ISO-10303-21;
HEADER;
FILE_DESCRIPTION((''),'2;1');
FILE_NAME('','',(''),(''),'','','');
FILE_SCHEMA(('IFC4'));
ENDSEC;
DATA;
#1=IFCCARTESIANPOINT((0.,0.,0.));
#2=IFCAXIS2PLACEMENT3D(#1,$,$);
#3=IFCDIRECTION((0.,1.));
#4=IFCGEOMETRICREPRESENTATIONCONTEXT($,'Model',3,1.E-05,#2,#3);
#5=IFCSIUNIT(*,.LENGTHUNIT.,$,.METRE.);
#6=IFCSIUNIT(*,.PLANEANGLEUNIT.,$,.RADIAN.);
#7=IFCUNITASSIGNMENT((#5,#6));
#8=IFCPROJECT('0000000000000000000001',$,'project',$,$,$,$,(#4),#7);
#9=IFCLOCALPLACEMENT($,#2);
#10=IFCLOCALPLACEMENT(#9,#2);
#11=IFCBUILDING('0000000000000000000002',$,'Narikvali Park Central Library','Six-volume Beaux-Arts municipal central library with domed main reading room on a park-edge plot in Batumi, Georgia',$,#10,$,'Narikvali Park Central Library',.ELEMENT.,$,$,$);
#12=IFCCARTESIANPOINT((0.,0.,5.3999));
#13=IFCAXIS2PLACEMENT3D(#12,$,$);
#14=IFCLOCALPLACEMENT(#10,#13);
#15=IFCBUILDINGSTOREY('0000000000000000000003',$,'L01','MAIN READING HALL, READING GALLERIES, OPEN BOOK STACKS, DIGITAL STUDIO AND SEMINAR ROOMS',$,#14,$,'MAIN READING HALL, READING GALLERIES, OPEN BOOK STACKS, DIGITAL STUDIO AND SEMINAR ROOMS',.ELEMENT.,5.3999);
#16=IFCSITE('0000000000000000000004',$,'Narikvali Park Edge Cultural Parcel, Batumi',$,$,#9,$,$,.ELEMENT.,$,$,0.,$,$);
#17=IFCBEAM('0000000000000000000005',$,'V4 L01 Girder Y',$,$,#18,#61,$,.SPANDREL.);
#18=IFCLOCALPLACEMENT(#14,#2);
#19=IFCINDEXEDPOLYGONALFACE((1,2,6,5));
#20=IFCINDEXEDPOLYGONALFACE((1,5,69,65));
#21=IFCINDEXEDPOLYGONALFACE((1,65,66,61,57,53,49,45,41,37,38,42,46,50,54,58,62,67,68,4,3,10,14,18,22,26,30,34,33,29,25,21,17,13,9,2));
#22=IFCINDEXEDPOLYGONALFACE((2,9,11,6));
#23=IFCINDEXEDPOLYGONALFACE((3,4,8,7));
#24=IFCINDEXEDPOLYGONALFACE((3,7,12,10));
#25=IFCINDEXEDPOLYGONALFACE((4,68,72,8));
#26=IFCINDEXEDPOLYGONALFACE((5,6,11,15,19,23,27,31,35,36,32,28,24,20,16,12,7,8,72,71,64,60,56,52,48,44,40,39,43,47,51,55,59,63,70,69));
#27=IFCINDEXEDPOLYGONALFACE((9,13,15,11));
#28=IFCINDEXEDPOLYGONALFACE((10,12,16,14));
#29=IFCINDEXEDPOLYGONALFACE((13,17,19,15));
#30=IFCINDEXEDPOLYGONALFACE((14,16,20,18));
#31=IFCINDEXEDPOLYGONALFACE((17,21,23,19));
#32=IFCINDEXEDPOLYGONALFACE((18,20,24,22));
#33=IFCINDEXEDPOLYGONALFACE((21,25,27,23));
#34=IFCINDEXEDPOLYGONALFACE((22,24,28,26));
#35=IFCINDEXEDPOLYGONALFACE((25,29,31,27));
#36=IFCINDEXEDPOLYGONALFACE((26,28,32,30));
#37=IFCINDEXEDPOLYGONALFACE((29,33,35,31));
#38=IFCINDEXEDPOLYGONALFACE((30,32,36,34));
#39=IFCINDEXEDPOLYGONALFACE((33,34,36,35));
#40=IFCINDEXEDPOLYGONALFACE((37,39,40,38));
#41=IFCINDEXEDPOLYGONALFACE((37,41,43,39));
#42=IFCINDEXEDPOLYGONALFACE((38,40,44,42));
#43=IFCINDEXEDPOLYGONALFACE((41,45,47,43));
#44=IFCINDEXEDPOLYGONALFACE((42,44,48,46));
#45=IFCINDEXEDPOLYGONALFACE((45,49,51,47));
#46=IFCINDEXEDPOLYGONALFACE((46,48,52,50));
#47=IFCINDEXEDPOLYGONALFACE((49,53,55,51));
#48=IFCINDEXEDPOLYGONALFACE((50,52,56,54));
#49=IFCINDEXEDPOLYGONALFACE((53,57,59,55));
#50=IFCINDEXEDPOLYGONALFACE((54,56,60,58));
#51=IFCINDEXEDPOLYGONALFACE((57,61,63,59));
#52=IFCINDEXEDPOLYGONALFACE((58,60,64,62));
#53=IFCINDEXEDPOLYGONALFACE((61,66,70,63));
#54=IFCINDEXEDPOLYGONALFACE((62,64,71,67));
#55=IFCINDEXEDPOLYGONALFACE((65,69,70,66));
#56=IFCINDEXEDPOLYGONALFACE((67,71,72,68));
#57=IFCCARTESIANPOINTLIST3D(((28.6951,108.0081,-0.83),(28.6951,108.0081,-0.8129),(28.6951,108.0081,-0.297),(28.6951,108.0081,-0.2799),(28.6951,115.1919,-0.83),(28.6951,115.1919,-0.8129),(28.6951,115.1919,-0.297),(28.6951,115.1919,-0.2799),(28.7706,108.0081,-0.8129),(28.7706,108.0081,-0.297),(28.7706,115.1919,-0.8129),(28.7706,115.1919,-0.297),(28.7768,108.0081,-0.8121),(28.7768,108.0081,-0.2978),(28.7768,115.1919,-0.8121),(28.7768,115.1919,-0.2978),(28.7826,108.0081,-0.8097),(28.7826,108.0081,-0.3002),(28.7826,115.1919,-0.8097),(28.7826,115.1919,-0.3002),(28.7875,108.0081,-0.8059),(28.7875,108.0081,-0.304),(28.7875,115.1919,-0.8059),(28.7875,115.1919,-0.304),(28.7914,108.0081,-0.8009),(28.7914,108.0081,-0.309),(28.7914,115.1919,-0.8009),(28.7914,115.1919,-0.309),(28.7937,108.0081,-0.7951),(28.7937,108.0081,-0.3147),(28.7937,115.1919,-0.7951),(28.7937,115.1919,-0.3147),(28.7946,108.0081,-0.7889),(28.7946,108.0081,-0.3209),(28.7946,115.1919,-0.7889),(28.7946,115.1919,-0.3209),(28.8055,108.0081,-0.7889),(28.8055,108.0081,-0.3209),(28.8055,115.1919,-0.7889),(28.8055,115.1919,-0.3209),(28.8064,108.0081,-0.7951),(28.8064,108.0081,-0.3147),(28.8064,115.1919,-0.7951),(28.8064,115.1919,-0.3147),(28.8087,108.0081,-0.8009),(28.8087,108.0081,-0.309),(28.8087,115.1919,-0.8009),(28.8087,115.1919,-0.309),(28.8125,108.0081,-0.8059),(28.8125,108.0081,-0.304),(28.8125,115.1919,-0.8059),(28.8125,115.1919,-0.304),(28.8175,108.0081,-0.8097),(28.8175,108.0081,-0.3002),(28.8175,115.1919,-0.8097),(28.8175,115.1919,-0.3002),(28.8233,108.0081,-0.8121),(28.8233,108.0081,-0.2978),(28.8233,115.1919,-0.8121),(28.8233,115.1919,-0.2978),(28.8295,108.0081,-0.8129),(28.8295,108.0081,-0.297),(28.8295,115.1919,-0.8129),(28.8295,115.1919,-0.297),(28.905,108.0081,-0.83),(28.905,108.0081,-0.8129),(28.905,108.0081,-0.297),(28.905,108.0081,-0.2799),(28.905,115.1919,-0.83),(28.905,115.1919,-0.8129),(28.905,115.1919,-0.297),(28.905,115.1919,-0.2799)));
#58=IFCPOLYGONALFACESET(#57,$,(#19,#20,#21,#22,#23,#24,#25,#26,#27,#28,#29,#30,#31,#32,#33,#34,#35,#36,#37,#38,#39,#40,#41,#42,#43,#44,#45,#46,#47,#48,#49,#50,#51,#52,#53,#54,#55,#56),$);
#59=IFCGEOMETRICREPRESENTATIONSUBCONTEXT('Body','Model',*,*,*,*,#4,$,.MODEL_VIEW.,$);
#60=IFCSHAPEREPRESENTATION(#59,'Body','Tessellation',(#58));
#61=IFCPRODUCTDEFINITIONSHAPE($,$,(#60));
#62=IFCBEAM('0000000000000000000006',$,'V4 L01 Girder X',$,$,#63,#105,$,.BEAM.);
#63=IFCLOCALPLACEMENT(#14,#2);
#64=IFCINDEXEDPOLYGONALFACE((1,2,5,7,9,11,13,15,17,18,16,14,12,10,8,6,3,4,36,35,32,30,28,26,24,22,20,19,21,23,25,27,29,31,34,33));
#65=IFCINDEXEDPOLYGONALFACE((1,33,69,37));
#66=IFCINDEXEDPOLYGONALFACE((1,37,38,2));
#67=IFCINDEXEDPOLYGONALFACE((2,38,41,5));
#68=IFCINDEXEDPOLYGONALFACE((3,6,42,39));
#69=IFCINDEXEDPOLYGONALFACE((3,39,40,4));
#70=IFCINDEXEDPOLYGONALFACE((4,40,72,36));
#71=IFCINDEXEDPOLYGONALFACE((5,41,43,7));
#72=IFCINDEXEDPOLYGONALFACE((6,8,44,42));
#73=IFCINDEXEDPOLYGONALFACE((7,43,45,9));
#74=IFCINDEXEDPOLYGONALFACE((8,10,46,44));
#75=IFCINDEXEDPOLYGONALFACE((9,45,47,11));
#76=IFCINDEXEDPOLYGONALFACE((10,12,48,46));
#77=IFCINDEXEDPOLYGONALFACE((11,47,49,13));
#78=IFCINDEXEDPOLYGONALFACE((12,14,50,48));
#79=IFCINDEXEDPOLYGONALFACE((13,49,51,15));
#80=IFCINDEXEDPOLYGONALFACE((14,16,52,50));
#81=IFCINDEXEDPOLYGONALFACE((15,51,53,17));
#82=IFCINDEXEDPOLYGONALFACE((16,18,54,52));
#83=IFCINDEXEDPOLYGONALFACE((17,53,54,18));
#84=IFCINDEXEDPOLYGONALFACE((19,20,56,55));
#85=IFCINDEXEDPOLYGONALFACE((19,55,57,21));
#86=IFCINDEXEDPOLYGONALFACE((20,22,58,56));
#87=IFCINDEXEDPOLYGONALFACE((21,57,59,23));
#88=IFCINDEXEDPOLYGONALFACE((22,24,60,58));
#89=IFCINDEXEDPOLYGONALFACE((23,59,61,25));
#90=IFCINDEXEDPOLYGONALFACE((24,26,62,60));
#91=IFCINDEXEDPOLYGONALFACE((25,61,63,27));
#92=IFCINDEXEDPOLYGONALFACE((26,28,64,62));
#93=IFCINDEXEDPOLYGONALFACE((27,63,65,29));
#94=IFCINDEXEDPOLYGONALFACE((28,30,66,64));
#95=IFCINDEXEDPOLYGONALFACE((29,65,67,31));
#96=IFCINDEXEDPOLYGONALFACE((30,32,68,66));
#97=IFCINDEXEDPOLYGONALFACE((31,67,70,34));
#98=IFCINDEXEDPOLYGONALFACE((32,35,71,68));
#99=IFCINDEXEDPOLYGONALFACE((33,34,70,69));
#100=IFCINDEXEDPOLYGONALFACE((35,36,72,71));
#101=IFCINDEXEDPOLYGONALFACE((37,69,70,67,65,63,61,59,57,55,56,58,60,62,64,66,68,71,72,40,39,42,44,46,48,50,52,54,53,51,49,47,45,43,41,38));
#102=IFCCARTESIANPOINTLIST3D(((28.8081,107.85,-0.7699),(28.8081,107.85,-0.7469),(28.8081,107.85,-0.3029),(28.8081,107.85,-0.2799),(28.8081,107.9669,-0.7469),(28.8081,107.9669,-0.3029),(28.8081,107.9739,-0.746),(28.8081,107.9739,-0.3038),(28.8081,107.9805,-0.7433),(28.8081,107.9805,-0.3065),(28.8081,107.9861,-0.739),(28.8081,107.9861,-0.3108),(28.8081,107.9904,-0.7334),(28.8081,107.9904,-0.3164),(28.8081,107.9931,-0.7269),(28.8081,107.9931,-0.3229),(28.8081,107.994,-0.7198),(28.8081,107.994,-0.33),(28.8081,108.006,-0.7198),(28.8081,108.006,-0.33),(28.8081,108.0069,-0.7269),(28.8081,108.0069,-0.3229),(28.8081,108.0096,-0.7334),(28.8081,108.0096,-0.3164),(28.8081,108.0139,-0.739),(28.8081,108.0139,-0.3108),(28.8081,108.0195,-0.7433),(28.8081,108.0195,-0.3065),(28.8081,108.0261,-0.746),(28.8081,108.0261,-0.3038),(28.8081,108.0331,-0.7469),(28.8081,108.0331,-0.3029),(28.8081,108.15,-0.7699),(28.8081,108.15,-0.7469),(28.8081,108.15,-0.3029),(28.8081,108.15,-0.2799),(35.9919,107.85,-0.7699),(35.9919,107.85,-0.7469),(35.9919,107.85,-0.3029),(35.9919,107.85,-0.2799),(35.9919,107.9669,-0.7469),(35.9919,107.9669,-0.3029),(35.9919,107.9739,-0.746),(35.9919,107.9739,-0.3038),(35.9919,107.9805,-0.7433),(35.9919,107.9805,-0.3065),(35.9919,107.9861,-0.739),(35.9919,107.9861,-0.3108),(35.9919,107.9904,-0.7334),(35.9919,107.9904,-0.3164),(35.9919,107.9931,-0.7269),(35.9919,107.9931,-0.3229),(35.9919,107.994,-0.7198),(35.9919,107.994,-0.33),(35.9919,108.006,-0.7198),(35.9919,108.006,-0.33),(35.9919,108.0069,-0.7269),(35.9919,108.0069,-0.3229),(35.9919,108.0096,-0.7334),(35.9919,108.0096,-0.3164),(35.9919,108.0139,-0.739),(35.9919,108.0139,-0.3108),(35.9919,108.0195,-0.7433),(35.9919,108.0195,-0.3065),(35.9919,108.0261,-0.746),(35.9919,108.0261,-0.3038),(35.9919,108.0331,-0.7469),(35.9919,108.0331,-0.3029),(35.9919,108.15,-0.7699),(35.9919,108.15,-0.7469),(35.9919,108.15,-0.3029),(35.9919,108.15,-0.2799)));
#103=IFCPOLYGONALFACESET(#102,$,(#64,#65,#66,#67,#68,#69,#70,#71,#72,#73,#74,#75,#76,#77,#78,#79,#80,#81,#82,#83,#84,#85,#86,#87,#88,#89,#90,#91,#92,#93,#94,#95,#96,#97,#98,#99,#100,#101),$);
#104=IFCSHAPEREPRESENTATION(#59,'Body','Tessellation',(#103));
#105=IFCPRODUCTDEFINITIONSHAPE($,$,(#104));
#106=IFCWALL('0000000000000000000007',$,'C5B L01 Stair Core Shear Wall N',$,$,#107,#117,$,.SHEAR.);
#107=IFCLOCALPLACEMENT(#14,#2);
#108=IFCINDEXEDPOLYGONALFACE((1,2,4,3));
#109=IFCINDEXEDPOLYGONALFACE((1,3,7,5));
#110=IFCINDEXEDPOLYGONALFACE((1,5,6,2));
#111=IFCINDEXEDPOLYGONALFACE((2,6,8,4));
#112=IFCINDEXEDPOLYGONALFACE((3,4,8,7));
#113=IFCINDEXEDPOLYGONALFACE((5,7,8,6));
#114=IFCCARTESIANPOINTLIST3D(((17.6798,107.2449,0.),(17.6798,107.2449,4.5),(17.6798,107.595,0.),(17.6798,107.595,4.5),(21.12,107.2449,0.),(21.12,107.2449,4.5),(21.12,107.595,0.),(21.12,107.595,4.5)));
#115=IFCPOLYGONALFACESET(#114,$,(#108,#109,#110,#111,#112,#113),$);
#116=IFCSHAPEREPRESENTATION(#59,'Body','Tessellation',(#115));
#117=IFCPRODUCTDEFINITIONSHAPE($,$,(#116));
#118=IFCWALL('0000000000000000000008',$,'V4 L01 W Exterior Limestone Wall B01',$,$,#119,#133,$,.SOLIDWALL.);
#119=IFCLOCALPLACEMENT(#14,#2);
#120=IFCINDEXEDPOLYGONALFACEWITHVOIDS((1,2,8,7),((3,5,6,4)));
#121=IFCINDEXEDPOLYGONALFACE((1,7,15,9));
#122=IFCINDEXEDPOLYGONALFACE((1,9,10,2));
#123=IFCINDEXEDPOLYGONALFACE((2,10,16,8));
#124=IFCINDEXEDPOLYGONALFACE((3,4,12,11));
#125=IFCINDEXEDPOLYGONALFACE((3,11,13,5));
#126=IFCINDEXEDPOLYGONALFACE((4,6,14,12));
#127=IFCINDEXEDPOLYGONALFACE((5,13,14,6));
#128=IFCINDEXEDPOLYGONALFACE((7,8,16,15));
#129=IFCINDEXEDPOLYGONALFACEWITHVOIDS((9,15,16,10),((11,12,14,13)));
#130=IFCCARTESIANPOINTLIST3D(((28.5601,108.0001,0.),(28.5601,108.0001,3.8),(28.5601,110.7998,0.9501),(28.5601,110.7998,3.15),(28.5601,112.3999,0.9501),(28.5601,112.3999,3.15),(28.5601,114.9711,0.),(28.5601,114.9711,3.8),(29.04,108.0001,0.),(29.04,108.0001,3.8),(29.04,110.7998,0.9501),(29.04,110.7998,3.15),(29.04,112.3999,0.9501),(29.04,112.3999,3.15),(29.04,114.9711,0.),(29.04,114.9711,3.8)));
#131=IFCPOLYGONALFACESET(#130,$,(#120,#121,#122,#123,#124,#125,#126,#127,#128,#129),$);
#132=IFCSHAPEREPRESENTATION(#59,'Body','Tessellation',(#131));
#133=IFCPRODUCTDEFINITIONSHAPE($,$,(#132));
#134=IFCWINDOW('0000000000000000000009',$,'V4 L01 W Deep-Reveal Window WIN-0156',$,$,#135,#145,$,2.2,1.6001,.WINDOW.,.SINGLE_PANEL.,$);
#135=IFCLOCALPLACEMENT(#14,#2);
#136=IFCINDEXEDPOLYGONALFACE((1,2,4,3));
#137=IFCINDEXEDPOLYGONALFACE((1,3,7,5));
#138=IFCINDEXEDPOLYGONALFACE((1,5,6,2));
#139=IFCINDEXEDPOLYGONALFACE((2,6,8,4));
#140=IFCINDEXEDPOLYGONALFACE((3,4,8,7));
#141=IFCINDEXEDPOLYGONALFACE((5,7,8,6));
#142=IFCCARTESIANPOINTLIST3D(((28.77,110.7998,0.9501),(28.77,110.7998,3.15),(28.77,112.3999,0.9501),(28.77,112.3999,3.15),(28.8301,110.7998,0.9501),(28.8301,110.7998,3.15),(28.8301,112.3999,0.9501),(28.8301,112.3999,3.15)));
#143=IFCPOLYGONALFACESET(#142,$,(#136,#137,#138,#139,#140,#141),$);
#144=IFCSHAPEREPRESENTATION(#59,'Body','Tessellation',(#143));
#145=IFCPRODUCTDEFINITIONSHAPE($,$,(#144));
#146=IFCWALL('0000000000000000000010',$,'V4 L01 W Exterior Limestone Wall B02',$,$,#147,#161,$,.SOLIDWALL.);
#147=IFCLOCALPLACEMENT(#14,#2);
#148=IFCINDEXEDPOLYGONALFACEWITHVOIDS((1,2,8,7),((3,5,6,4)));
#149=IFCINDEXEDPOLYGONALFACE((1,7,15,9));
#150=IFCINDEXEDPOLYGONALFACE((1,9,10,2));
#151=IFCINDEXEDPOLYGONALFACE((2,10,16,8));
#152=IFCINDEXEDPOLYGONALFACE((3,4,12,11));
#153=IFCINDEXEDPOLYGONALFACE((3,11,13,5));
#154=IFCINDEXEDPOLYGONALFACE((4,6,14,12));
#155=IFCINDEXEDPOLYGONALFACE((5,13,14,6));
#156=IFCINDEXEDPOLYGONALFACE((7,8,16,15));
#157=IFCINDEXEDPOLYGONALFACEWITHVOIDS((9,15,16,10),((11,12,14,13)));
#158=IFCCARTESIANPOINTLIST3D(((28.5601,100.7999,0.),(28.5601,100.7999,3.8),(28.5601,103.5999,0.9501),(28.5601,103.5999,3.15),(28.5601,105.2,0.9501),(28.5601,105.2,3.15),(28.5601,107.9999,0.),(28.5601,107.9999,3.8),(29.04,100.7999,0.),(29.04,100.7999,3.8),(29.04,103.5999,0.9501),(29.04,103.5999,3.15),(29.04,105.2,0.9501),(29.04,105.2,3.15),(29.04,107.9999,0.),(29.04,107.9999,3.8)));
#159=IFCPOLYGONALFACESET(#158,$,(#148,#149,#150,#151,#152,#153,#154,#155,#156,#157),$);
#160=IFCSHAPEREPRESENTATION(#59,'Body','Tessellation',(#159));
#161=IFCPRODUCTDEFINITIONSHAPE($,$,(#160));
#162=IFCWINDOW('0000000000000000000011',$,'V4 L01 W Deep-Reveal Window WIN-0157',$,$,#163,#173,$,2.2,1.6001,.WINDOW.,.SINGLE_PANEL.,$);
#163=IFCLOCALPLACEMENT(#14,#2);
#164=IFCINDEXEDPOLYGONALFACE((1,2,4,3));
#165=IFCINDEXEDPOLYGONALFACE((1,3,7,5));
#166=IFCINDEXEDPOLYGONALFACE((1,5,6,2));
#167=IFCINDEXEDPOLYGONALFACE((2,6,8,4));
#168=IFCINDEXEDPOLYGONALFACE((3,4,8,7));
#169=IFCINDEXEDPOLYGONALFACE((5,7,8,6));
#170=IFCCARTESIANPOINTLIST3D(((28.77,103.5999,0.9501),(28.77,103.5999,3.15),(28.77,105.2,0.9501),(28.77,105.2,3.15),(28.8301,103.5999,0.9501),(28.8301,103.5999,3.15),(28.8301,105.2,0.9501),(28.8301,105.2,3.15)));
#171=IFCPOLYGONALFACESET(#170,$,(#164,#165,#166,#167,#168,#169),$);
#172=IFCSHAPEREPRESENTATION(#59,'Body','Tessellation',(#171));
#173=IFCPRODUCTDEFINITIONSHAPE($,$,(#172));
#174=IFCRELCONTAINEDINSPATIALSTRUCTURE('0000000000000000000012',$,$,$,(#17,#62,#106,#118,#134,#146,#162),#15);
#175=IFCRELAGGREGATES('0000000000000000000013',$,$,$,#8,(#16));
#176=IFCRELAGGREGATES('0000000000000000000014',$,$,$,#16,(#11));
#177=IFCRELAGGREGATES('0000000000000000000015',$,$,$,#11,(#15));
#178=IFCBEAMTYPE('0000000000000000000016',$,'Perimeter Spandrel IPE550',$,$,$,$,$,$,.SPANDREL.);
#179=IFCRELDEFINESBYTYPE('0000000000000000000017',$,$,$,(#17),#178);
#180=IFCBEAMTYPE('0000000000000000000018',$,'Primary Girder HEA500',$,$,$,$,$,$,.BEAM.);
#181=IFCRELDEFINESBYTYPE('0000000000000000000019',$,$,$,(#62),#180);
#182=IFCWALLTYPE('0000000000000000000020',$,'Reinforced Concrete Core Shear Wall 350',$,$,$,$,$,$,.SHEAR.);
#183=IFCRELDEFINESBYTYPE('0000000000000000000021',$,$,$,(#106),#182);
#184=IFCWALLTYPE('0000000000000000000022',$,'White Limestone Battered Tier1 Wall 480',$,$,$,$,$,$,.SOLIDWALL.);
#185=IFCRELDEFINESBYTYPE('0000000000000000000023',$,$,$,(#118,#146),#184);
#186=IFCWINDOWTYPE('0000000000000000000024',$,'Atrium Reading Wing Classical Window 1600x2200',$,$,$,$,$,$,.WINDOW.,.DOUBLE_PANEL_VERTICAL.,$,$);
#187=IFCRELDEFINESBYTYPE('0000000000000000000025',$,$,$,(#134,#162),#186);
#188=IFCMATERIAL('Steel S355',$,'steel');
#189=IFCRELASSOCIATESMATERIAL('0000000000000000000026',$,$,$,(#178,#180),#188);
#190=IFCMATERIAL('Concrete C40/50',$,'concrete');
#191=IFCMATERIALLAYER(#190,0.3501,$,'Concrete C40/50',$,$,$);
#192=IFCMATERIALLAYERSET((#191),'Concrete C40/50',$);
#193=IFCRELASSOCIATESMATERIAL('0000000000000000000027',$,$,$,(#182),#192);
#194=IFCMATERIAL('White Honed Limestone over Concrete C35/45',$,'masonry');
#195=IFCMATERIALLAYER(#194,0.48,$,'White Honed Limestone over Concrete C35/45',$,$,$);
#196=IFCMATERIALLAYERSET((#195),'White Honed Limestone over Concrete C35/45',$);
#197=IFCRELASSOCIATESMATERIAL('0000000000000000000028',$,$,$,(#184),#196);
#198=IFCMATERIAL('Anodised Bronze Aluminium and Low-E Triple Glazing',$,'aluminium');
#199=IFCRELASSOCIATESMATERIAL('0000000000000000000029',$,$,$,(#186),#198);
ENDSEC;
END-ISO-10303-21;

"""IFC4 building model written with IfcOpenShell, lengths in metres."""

from ifc_helpers import new_model, si_unit, direction, frame, frame_2d, origin, origin_2d, place, context, subcontext, project, spatial, rectangle, i_section, extrude, material, layer, layer_set, material_profile, profile_set, type_object, element, fill, save


model = new_model("IFC4")

# Units and contexts
model_context = context("Model", 3, precision=1e-05, world=origin(), true_north=direction((0.0, 1.0)))
body_context = subcontext(model_context, "Body", "Model", "MODEL_VIEW")
ifc_project = project(units=[si_unit("LENGTHUNIT", "METRE"), si_unit("PLANEANGLEUNIT", "RADIAN")], contexts=[model_context])

# Site, building, storey
site_placement = place(None, origin())
site = spatial("IfcSite", under=ifc_project, at=site_placement, Name="Narikvali Park Edge Cultural Parcel, Batumi", CompositionType="ELEMENT", RefElevation=0.0)
building_placement = place(site_placement, origin())
building = spatial("IfcBuilding", under=site, at=building_placement, Name="Narikvali Park Central Library", Description="Six-volume Beaux-Arts municipal central library with domed main reading room on a park-edge plot in Batumi, Georgia", LongName="Narikvali Park Central Library", CompositionType="ELEMENT")
storey_placement = place(building_placement, frame((0.0, 0.0, 5.3999)))
storey = spatial("IfcBuildingStorey", under=building, at=storey_placement, Name="L01", Description="MAIN READING HALL, READING GALLERIES, OPEN BOOK STACKS, DIGITAL STUDIO AND SEMINAR ROOMS", LongName="MAIN READING HALL, READING GALLERIES, OPEN BOOK STACKS, DIGITAL STUDIO AND SEMINAR ROOMS", CompositionType="ELEMENT", Elevation=5.3999)

# Shared definitions
ifc_material_1 = material(Name="Steel S355", Category="steel")

# Beams
ifc_material_profile_1 = material_profile(ifc_material_1, i_section(OverallWidth=0.21, OverallDepth=0.55, WebThickness=0.011, FlangeThickness=0.0171, FilletRadius=0.0239, at=origin_2d()), Name="IPE 550")
ifc_profile_set_1 = profile_set([ifc_material_profile_1], Name="Steel S355")
beam_type_1 = type_object("IfcBeamType", Name="Perimeter Spandrel IPE550", PredefinedType="SPANDREL", material=ifc_profile_set_1)
for number, where, z_axis, x_axis, name in (
    (1, (28.8, 108.0081, -0.5549), (0.0, 1.0, 0.0), (-1.0, 0.0, 0.0), "V4 L01 Girder Y"),
):
    element("IfcBeam", number, at=place(storey_placement, frame(where, z_axis=z_axis, x_axis=x_axis)), inside=storey, type_object=beam_type_1, Name=name, PredefinedType="SPANDREL", context=body_context, shape_type="SweptSolid", body=[
        extrude(i_section(OverallWidth=0.21, OverallDepth=0.55, WebThickness=0.011, FlangeThickness=0.0171, FilletRadius=0.0239, at=origin_2d()), origin(), (0.0, 0.0, 1.0), 7.1838),
    ])
ifc_material_profile_2 = material_profile(ifc_material_1, i_section(OverallWidth=0.3, OverallDepth=0.49, WebThickness=0.012, FlangeThickness=0.0229, FilletRadius=0.0271, at=origin_2d()), Name="HEA 500")
ifc_profile_set_2 = profile_set([ifc_material_profile_2], Name="Steel S355")
beam_type_2 = type_object("IfcBeamType", Name="Primary Girder HEA500", PredefinedType="BEAM", material=ifc_profile_set_2)
beam_placement = place(storey_placement, frame((28.8081, 108.0, -0.5249), z_axis=(1.0, 0.0, 0.0), x_axis=(0.0, 1.0, 0.0)))
element("IfcBeam", 2, at=beam_placement, inside=storey, type_object=beam_type_2, Name="V4 L01 Girder X", PredefinedType="BEAM", context=body_context, shape_type="SweptSolid", body=[
    extrude(i_section(OverallWidth=0.3, OverallDepth=0.49, WebThickness=0.012, FlangeThickness=0.0229, FilletRadius=0.0271, at=origin_2d()), origin(), (0.0, 0.0, 1.0), 7.1838),
])

# Wall
ifc_material_2 = material(Name="Concrete C40/50", Category="concrete")
ifc_layer_1 = layer(ifc_material_2, 0.3501, Name="Concrete C40/50")
ifc_layer_set_1 = layer_set([ifc_layer_1], Name="Concrete C40/50")
wall_type_1 = type_object("IfcWallType", Name="Reinforced Concrete Core Shear Wall 350", PredefinedType="SHEAR", material=ifc_layer_set_1)
wall_1_placement = place(storey_placement, frame((21.1201, 107.4199, 0.0), z_axis=(0.0, 0.0, 1.0), x_axis=(-1.0, 0.0, 0.0)))
element("IfcWall", 3, at=wall_1_placement, inside=storey, type_object=wall_type_1, Name="C5B L01 Stair Core Shear Wall N", PredefinedType="SHEAR", context=body_context, shape_type="SweptSolid", body=[
    extrude(rectangle(XDim=3.4402, YDim=0.3501, at=frame_2d((1.7202, 0.0))), origin(), (0.0, 0.0, 1.0), 4.5),
])

# Walls, openings, windows
ifc_material_3 = material(Name="White Honed Limestone over Concrete C35/45", Category="masonry")
ifc_layer_2 = layer(ifc_material_3, 0.48, Name="White Honed Limestone over Concrete C35/45")
ifc_layer_set_2 = layer_set([ifc_layer_2], Name="White Honed Limestone over Concrete C35/45")
wall_type_2 = type_object("IfcWallType", Name="White Limestone Battered Tier1 Wall 480", PredefinedType="SOLIDWALL", material=ifc_layer_set_2)
wall_2_placement = place(storey_placement, frame((28.8, 114.9709, 0.0), z_axis=(0.0, 0.0, 1.0), x_axis=(0.0, -1.0, 0.0)))
wall_2 = element("IfcWall", 4, at=wall_2_placement, inside=storey, type_object=wall_type_2, Name="V4 L01 W Exterior Limestone Wall B01", PredefinedType="SOLIDWALL", context=body_context, shape_type="SweptSolid", body=[
    extrude(rectangle(XDim=6.9709, YDim=0.48, at=frame_2d((3.4854, 0.0))), origin(), (0.0, 0.0, 1.0), 3.8),
])
opening_1_placement = place(wall_2_placement, frame((2.571, 0.0, 0.95)))
opening_1 = element("IfcOpeningElement", 5, at=opening_1_placement, cuts=wall_2, PredefinedType="OPENING", context=body_context, shape_type="SweptSolid", body=[
    extrude(rectangle(XDim=1.6001, YDim=2.2, at=frame_2d((0.8, 1.1001))), frame((0.0, 0.252, 0.0), z_axis=(0.0, -1.0, 0.0), x_axis=(1.0, 0.0, 0.0)), (0.0, 0.0, 1.0), 0.5039),
])
ifc_material_4 = material(Name="Anodised Bronze Aluminium and Low-E Triple Glazing", Category="aluminium")
window_type = type_object("IfcWindowType", Name="Atrium Reading Wing Classical Window 1600x2200", PartitioningType="DOUBLE_PANEL_VERTICAL", PredefinedType="WINDOW", material=ifc_material_4)
window_1_placement = place(opening_1_placement, origin())
window_1 = element("IfcWindow", 6, at=window_1_placement, inside=storey, type_object=window_type, Name="V4 L01 W Deep-Reveal Window WIN-0156", OverallHeight=2.2, OverallWidth=1.6001, PartitioningType="SINGLE_PANEL", PredefinedType="WINDOW", context=body_context, shape_type="SweptSolid", body=[
    extrude(rectangle(XDim=1.6001, YDim=2.2, at=frame_2d((0.8, 1.1001))), frame((0.0, 0.03, 0.0), z_axis=(0.0, -1.0, 0.0), x_axis=(1.0, 0.0, 0.0)), (0.0, 0.0, 1.0), 0.0601),
])
fill(opening_1, window_1)
wall_3_placement = place(storey_placement, frame((28.8, 108.0, 0.0), z_axis=(0.0, 0.0, 1.0), x_axis=(0.0, -1.0, 0.0)))
wall_3 = element("IfcWall", 7, at=wall_3_placement, inside=storey, type_object=wall_type_2, Name="V4 L01 W Exterior Limestone Wall B02", PredefinedType="SOLIDWALL", context=body_context, shape_type="SweptSolid", body=[
    extrude(rectangle(XDim=7.2, YDim=0.48, at=frame_2d((3.6001, 0.0))), origin(), (0.0, 0.0, 1.0), 3.8),
])
opening_2_placement = place(wall_3_placement, frame((2.8, 0.0, 0.95)))
opening_2 = element("IfcOpeningElement", 8, at=opening_2_placement, cuts=wall_3, PredefinedType="OPENING", context=body_context, shape_type="SweptSolid", body=[
    extrude(rectangle(XDim=1.6001, YDim=2.2, at=frame_2d((0.8, 1.1001))), frame((0.0, 0.252, 0.0), z_axis=(0.0, -1.0, 0.0), x_axis=(1.0, 0.0, 0.0)), (0.0, 0.0, 1.0), 0.5039),
])
window_2_placement = place(opening_2_placement, origin())
window_2 = element("IfcWindow", 9, at=window_2_placement, inside=storey, type_object=window_type, Name="V4 L01 W Deep-Reveal Window WIN-0157", OverallHeight=2.2, OverallWidth=1.6001, PartitioningType="SINGLE_PANEL", PredefinedType="WINDOW", context=body_context, shape_type="SweptSolid", body=[
    extrude(rectangle(XDim=1.6001, YDim=2.2, at=frame_2d((0.8, 1.1001))), frame((0.0, 0.03, 0.0), z_axis=(0.0, -1.0, 0.0), x_axis=(1.0, 0.0, 0.0)), (0.0, 0.0, 1.0), 0.0601),
])
fill(opening_2, window_2)

save(model, "model.ifc")
